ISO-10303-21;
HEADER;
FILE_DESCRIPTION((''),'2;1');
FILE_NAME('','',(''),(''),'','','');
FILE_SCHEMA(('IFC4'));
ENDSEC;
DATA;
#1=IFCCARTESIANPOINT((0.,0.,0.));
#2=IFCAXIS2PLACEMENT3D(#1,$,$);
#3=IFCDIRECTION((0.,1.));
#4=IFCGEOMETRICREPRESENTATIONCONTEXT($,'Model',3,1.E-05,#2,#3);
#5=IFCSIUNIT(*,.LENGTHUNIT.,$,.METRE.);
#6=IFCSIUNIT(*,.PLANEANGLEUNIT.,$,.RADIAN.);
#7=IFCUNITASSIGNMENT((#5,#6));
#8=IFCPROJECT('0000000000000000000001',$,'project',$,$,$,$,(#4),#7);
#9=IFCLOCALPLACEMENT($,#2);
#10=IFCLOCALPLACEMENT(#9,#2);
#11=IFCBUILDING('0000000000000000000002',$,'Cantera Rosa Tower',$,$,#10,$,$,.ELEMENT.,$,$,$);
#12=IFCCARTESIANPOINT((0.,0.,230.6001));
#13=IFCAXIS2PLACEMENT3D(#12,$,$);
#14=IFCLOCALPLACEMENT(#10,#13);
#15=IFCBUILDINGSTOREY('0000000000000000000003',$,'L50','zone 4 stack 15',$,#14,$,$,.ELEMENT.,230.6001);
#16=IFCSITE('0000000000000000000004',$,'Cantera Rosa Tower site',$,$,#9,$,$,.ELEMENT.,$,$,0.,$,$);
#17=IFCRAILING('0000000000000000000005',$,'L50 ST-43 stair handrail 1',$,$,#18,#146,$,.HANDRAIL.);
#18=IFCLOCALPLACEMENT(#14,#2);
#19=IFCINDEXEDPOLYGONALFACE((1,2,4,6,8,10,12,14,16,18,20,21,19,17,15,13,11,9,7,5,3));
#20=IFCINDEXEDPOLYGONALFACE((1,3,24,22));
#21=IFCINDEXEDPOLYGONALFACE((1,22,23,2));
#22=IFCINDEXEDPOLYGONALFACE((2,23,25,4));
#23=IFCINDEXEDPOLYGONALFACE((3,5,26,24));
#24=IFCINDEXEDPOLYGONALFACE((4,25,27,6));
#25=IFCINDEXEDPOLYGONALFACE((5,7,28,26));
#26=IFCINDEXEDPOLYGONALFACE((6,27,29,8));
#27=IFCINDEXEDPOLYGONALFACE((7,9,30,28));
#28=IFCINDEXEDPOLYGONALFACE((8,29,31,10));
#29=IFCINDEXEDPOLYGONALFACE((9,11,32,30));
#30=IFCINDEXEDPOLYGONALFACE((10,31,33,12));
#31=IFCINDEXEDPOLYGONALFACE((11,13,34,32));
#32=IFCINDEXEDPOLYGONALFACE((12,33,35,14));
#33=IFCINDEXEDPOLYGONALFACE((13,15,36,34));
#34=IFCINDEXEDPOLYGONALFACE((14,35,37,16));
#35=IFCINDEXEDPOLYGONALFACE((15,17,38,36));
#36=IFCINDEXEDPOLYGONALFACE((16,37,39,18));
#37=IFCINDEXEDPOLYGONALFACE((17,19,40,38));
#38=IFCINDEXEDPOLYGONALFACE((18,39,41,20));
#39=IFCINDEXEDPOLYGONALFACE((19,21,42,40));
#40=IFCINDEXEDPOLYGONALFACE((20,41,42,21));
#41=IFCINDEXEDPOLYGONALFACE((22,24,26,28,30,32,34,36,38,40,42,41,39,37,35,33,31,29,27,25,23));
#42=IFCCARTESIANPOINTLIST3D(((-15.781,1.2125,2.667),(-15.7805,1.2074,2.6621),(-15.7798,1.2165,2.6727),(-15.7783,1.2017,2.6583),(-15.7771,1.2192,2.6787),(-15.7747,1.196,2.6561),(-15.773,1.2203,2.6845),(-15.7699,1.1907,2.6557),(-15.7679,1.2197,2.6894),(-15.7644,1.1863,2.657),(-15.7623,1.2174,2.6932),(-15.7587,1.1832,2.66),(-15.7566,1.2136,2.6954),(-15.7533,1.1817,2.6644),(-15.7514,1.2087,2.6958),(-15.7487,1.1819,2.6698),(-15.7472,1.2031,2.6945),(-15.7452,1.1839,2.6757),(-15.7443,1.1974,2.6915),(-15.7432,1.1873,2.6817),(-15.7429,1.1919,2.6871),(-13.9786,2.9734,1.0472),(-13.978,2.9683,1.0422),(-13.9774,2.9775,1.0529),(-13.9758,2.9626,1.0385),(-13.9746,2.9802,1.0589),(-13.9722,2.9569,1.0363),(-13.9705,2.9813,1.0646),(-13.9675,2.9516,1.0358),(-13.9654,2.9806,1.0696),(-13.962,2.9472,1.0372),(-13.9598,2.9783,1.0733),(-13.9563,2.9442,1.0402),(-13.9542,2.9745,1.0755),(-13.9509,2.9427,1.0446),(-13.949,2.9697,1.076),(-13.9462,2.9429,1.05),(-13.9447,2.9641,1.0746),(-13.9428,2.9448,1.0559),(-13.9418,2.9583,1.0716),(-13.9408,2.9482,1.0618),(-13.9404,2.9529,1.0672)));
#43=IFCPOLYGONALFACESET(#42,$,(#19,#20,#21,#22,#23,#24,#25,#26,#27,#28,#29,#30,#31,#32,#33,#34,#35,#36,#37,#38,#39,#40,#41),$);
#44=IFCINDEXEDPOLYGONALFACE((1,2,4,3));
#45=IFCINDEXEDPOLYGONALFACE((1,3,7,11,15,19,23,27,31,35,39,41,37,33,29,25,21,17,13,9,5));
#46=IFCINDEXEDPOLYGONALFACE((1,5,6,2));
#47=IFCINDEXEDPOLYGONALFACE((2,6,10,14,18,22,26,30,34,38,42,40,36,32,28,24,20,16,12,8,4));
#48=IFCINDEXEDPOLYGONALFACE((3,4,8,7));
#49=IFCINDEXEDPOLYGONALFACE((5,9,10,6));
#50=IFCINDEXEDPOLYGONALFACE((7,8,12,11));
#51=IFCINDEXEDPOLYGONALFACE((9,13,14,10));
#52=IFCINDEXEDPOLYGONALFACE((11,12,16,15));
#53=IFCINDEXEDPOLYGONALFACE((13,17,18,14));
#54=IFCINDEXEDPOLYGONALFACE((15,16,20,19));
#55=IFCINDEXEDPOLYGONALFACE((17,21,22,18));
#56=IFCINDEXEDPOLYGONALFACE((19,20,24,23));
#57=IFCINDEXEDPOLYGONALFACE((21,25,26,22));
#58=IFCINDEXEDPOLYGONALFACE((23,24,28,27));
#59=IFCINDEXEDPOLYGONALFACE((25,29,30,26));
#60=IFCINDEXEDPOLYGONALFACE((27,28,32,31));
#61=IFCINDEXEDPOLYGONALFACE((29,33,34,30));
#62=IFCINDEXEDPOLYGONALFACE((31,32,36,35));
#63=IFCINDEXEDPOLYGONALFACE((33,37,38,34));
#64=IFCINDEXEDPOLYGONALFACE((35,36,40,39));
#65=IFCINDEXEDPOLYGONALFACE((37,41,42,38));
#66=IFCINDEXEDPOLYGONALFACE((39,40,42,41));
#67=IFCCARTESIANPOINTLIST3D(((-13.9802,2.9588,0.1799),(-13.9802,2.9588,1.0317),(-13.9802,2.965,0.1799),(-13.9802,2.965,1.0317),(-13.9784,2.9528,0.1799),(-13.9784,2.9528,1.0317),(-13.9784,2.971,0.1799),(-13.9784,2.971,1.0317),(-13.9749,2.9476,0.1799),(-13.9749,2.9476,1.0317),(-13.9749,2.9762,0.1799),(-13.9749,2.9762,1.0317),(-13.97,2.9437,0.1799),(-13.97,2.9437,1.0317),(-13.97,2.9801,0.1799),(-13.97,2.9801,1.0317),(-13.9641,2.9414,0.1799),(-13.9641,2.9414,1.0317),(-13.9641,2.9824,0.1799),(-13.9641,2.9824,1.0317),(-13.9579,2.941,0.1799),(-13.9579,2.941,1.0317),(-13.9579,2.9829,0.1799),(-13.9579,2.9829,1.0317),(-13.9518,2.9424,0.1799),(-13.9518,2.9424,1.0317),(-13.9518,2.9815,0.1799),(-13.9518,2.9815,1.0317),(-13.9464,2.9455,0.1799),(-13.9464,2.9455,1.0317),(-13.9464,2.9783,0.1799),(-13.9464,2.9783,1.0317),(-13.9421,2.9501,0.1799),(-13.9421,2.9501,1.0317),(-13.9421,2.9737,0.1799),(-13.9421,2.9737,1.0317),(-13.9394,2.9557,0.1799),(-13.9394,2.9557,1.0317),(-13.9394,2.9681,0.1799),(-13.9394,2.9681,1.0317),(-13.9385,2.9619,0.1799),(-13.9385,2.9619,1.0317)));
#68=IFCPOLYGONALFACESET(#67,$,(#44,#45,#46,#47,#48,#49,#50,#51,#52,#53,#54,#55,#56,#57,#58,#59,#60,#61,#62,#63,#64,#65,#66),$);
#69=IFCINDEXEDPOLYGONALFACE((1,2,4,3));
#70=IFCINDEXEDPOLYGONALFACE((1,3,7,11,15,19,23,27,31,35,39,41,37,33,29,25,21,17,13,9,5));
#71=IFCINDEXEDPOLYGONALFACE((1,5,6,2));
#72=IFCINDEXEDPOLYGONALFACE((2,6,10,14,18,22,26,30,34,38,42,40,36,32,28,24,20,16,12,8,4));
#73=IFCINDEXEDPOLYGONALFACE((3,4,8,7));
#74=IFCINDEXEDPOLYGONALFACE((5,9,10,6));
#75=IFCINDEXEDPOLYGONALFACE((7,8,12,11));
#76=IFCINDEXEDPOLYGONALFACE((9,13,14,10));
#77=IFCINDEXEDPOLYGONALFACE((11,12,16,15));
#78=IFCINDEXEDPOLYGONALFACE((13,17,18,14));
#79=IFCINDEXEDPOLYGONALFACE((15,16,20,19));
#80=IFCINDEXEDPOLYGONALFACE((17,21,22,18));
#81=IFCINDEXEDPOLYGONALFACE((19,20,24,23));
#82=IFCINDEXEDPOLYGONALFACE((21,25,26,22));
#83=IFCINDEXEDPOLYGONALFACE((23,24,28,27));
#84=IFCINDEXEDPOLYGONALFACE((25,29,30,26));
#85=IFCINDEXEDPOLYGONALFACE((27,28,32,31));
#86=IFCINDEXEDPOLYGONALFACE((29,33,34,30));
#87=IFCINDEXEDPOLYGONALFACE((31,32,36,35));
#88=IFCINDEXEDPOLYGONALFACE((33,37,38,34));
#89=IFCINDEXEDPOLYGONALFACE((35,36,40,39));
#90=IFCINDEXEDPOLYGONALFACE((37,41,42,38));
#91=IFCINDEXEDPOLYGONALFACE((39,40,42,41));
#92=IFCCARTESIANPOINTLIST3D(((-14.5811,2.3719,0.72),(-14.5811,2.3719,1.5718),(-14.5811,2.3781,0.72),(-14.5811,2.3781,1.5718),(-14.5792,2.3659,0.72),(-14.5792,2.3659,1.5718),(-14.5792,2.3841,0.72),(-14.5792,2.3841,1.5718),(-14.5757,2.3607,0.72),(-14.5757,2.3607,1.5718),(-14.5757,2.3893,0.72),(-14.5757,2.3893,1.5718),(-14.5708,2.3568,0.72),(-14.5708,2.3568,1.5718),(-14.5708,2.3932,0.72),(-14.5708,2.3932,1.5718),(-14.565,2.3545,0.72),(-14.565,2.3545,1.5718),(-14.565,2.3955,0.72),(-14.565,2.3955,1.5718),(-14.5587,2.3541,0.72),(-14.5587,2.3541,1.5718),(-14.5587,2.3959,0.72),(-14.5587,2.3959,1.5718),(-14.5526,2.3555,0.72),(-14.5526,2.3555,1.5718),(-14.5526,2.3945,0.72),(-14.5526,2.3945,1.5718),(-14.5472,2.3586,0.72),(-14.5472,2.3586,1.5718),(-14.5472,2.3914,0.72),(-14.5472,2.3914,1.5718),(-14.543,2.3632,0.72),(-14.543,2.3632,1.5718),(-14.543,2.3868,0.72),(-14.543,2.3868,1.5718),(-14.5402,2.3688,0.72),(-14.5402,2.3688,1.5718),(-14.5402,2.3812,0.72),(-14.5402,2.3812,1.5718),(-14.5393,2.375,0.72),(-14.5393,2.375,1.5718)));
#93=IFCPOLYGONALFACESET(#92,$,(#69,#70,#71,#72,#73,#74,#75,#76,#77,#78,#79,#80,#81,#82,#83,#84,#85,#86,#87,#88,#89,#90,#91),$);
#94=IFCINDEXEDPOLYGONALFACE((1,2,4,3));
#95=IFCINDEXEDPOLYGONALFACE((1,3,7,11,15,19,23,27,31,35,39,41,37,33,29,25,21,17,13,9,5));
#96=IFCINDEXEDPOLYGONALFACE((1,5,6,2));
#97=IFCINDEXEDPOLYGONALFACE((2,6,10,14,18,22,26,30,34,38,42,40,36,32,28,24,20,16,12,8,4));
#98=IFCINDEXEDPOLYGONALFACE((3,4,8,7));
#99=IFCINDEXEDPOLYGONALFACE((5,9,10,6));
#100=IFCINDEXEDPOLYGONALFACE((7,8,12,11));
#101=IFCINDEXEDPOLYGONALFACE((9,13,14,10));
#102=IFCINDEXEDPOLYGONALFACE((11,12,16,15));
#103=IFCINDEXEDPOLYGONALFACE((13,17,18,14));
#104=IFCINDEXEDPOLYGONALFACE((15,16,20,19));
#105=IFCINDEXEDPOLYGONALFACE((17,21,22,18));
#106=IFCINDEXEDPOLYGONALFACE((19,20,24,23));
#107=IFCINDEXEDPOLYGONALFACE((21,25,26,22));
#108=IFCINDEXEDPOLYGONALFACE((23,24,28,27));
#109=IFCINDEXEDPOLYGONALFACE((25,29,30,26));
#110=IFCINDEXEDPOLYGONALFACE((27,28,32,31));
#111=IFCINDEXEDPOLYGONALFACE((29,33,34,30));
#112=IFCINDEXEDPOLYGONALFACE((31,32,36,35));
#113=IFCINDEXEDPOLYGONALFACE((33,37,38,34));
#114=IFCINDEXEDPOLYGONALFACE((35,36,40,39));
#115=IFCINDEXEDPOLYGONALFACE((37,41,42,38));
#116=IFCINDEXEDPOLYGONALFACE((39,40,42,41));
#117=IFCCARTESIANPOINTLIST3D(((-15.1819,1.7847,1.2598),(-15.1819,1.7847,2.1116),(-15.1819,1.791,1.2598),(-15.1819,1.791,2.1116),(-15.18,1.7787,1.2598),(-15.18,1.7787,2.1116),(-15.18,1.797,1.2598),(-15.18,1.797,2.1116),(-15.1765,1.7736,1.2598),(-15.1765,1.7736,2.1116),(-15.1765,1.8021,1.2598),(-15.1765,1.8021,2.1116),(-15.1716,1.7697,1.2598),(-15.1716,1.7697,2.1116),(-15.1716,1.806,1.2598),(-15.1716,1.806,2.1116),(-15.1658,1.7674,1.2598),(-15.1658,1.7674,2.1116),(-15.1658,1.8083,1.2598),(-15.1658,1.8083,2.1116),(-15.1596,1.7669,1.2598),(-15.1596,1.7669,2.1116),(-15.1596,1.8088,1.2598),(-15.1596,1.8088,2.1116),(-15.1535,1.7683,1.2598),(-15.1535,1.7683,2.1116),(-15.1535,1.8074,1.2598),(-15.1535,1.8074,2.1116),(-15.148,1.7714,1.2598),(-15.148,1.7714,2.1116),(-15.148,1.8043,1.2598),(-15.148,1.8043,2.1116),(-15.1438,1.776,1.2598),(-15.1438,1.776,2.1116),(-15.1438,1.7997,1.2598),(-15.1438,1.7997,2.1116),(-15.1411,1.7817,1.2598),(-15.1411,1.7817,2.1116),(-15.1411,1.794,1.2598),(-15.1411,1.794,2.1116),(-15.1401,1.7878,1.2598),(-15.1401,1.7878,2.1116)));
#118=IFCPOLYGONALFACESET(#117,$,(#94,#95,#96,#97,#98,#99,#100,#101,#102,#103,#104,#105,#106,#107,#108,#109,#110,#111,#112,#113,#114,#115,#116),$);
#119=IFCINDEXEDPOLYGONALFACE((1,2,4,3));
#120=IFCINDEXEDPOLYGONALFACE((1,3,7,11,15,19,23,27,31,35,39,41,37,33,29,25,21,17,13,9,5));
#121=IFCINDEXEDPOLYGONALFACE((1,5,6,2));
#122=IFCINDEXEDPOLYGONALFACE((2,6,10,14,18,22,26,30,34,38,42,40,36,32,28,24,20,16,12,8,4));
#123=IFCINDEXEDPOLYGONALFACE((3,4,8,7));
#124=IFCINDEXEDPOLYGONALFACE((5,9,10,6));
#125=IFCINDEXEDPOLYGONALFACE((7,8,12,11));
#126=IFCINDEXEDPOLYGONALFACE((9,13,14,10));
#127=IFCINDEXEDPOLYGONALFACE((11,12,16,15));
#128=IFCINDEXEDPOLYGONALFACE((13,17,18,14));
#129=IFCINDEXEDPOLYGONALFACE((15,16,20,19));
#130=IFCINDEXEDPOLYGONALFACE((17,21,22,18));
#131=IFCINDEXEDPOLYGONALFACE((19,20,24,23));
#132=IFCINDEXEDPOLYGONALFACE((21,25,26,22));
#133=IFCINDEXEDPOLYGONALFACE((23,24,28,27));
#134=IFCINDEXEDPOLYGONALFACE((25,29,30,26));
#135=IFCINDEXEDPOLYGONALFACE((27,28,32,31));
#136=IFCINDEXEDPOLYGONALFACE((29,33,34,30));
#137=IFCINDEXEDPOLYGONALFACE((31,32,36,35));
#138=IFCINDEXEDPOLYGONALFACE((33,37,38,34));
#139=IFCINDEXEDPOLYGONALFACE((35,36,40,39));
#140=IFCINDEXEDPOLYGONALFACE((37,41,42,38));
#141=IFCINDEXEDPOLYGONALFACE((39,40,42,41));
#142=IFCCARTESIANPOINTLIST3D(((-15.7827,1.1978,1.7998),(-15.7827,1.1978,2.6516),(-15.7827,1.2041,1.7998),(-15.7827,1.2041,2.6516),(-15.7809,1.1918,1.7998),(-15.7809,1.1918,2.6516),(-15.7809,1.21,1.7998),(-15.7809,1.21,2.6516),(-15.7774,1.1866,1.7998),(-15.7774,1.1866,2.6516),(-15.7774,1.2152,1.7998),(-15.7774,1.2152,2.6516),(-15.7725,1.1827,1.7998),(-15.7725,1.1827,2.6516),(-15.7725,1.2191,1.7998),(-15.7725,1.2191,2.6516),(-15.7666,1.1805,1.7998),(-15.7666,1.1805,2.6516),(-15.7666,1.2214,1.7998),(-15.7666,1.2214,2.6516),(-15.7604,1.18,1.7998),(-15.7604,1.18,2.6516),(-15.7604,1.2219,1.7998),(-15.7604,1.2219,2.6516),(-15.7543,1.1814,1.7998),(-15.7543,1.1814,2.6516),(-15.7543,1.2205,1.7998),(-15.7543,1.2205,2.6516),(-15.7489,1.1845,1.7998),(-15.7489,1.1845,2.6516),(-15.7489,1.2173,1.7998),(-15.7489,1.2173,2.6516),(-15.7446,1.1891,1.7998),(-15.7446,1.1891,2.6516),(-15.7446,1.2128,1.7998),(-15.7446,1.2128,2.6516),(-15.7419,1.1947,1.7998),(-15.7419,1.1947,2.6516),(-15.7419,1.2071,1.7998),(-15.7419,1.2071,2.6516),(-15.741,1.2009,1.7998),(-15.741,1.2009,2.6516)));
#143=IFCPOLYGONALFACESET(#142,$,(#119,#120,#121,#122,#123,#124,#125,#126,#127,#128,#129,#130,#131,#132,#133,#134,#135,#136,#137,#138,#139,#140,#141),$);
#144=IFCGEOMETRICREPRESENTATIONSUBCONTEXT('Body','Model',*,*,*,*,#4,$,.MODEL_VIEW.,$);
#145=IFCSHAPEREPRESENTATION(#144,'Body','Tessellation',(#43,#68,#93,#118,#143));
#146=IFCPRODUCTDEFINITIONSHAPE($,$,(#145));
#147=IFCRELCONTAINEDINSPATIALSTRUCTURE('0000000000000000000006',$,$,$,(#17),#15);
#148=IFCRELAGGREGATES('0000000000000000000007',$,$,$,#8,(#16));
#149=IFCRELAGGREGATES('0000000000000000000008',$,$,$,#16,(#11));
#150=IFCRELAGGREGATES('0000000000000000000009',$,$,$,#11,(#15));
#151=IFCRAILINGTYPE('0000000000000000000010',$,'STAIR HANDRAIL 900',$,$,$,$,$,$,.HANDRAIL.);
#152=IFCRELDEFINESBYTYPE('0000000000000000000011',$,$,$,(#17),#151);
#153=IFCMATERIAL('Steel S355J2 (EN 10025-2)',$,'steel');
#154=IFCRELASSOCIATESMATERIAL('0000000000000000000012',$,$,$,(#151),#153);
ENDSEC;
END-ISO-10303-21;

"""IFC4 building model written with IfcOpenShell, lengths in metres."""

from ifc_helpers import new_model, si_unit, direction, frame, origin, origin_2d, place, context, subcontext, project, spatial, circle, extrude, material, type_object, element, save


model = new_model("IFC4")

# Units and contexts
model_context = context("Model", 3, precision=1e-05, world=origin(), true_north=direction((0.0, 1.0)))
body_context = subcontext(model_context, "Body", "Model", "MODEL_VIEW")
ifc_project = project(units=[si_unit("LENGTHUNIT", "METRE"), si_unit("PLANEANGLEUNIT", "RADIAN")], contexts=[model_context])

# Site, building, storey
site_placement = place(None, origin())
site = spatial("IfcSite", under=ifc_project, at=site_placement, Name="Cantera Rosa Tower site", CompositionType="ELEMENT", RefElevation=0.0)
building_placement = place(site_placement, origin())
building = spatial("IfcBuilding", under=site, at=building_placement, Name="Cantera Rosa Tower", CompositionType="ELEMENT")
storey_placement = place(building_placement, frame((0.0, 0.0, 230.6001)))
storey = spatial("IfcBuildingStorey", under=building, at=storey_placement, Name="L50", Description="zone 4 stack 15", CompositionType="ELEMENT", Elevation=230.6001)

# Railing
ifc_material_1 = material(Name="Steel S355J2 (EN 10025-2)", Category="steel")
railing_type_1 = type_object("IfcRailingType", Name="STAIR HANDRAIL 900", PredefinedType="HANDRAIL", material=ifc_material_1)
railing_1_placement = place(storey_placement, frame((-13.9595, 2.9619, 0.1799)))
element("IfcRailing", 1, at=railing_1_placement, inside=storey, type_object=railing_type_1, Name="L50 ST-43 stair handrail 1", PredefinedType="HANDRAIL", context=body_context, shape_type="SweptSolid", body=[
    extrude(circle(Radius=0.0239, at=origin_2d()), frame((0.0, 0.0, 0.876), z_axis=(-0.601699, -0.587844, 0.540738), x_axis=(0.698824, -0.715294, 0.0)), (0.0, 0.0, 1.0), 2.9956),
    extrude(circle(Radius=0.021, at=origin_2d()), origin(), (0.0, 0.0, 1.0), 0.8518),
    extrude(circle(Radius=0.021, at=origin_2d()), frame((-0.6008, -0.5869, 0.54)), (0.0, 0.0, 1.0), 0.8518),
    extrude(circle(Radius=0.021, at=origin_2d()), frame((-1.2017, -1.1741, 1.0798)), (0.0, 0.0, 1.0), 0.8518),
    extrude(circle(Radius=0.021, at=origin_2d()), frame((-1.8025, -1.761, 1.6199)), (0.0, 0.0, 1.0), 0.8518),
])

save(model, "model.ifc")
